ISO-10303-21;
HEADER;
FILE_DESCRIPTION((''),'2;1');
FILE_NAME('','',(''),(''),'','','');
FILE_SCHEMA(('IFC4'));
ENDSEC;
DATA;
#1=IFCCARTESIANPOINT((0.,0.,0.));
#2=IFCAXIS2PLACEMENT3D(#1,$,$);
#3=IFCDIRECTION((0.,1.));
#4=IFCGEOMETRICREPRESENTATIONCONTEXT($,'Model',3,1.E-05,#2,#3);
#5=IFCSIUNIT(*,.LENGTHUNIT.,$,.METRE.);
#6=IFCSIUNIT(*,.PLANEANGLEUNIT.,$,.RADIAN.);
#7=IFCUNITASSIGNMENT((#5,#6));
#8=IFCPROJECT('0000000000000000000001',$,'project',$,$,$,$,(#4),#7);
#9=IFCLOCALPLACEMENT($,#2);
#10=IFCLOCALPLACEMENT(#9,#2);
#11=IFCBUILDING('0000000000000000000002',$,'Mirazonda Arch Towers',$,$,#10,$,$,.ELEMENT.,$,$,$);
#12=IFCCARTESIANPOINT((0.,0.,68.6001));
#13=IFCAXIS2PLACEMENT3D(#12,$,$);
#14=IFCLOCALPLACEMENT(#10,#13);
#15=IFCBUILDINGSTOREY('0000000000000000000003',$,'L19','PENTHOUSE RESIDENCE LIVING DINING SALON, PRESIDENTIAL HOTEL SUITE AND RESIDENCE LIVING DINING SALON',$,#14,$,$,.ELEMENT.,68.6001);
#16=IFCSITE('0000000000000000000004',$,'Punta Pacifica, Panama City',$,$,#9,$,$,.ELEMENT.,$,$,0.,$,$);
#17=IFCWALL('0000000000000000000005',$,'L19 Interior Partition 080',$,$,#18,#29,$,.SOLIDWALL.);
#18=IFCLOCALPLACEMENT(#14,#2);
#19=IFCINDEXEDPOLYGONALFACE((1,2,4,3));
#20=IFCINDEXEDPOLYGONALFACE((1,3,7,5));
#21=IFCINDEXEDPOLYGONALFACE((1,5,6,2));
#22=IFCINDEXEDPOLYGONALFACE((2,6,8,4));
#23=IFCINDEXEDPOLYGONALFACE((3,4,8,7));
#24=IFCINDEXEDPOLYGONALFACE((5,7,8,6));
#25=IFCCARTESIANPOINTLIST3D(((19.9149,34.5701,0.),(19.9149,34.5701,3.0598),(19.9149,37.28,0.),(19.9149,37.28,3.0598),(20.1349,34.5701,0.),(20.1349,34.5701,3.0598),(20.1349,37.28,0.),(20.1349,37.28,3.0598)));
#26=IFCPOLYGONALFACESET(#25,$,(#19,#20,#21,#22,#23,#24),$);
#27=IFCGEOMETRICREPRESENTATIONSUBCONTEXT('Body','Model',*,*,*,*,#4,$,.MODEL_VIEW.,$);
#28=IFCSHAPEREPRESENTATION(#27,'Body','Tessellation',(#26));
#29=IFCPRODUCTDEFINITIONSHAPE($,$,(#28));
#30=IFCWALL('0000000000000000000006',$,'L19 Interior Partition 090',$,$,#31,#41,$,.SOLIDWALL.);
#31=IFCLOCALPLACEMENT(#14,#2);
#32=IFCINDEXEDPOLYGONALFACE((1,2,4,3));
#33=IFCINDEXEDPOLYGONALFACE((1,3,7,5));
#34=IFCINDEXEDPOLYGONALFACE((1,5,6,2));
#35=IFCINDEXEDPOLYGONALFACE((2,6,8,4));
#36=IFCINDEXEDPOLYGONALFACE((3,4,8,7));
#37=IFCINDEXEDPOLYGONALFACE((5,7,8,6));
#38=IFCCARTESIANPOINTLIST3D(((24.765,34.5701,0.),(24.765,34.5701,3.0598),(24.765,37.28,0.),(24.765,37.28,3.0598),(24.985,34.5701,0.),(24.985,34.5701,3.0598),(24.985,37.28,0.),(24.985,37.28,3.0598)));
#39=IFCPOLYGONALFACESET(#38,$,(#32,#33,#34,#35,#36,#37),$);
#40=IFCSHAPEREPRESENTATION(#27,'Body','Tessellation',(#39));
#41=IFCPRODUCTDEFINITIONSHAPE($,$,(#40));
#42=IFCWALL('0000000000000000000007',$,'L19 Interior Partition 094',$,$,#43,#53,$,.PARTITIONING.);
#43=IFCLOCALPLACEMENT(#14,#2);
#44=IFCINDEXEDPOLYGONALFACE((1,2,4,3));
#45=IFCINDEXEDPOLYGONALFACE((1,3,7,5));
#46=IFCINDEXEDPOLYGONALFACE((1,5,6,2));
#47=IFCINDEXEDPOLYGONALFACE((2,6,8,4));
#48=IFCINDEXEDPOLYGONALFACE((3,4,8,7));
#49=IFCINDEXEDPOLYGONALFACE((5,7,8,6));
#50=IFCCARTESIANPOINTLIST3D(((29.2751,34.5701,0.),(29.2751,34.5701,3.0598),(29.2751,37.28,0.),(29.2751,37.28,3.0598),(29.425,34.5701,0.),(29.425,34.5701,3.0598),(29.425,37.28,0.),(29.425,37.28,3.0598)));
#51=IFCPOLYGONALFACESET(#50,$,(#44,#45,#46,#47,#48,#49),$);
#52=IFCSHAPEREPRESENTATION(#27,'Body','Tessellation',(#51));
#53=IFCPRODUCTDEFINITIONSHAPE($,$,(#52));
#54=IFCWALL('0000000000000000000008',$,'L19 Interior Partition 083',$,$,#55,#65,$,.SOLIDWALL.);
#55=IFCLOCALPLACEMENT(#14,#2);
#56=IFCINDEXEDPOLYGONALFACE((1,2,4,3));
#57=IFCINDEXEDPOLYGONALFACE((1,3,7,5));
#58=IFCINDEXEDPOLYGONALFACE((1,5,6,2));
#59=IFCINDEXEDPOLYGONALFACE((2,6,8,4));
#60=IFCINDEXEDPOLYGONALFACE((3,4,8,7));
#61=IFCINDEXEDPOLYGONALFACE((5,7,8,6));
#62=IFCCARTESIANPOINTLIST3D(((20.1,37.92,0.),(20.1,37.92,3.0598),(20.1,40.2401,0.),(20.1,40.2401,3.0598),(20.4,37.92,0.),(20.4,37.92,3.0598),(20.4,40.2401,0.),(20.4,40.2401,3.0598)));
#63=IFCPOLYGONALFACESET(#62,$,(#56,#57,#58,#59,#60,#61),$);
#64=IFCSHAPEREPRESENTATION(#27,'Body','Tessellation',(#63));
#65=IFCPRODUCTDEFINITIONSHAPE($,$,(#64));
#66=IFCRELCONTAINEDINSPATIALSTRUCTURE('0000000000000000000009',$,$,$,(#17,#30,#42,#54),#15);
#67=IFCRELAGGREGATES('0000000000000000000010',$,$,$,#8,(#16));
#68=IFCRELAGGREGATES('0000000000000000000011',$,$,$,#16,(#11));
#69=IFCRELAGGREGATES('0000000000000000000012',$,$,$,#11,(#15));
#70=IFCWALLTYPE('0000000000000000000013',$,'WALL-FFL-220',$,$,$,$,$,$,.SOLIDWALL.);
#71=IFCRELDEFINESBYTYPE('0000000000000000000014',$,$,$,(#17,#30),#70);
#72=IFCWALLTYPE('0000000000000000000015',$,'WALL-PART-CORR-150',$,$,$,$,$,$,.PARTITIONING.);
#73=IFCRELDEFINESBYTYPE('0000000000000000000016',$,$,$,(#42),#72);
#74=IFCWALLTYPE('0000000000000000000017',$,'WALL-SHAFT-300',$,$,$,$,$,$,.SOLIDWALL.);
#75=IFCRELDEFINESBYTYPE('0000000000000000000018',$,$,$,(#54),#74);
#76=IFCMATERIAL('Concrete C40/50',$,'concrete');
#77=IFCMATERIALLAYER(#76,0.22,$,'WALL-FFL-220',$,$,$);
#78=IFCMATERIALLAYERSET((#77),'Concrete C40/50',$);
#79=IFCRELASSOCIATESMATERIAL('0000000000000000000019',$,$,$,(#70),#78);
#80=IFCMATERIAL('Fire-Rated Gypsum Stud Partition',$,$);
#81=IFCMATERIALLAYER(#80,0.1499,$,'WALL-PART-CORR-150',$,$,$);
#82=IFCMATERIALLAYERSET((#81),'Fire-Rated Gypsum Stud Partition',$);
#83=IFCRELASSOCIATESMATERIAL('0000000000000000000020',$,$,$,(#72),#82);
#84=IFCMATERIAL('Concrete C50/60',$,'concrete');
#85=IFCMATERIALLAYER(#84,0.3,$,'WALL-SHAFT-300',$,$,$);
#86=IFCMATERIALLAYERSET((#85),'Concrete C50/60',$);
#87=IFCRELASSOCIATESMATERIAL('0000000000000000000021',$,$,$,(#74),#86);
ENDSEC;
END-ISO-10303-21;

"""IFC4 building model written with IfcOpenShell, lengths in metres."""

from ifc_helpers import new_model, si_unit, direction, frame, frame_2d, origin, place, context, subcontext, project, spatial, rectangle, extrude, material, layer, layer_set, type_object, element, save


model = new_model("IFC4")

# Units and contexts
model_context = context("Model", 3, precision=1e-05, world=origin(), true_north=direction((0.0, 1.0)))
body_context = subcontext(model_context, "Body", "Model", "MODEL_VIEW")
ifc_project = project(units=[si_unit("LENGTHUNIT", "METRE"), si_unit("PLANEANGLEUNIT", "RADIAN")], contexts=[model_context])

# Site, building, storey
site_placement = place(None, origin())
site = spatial("IfcSite", under=ifc_project, at=site_placement, Name="Punta Pacifica, Panama City", CompositionType="ELEMENT", RefElevation=0.0)
building_placement = place(site_placement, origin())
building = spatial("IfcBuilding", under=site, at=building_placement, Name="Mirazonda Arch Towers", CompositionType="ELEMENT")
storey_placement = place(building_placement, frame((0.0, 0.0, 68.6001)))
storey = spatial("IfcBuildingStorey", under=building, at=storey_placement, Name="L19", Description="PENTHOUSE RESIDENCE LIVING DINING SALON, PRESIDENTIAL HOTEL SUITE AND RESIDENCE LIVING DINING SALON", CompositionType="ELEMENT", Elevation=68.6001)

# Walls
ifc_material_1 = material(Name="Concrete C40/50", Category="concrete")
ifc_layer_1 = layer(ifc_material_1, 0.22, Name="WALL-FFL-220")
ifc_layer_set_1 = layer_set([ifc_layer_1], Name="Concrete C40/50")
wall_type_1 = type_object("IfcWallType", Name="WALL-FFL-220", PredefinedType="SOLIDWALL", material=ifc_layer_set_1)
for number, where, z_axis, x_axis, name in (
    (1, (20.0249, 34.5701, 0.0), (0.0, 0.0, 1.0), (0.0, 1.0, 0.0), "L19 Interior Partition 080"),
    (2, (24.875, 34.5701, 0.0), (0.0, 0.0, 1.0), (0.0, 1.0, 0.0), "L19 Interior Partition 090"),
):
    element("IfcWall", number, at=place(storey_placement, frame(where, z_axis=z_axis, x_axis=x_axis)), inside=storey, type_object=wall_type_1, Name=name, PredefinedType="SOLIDWALL", context=body_context, shape_type="SweptSolid", body=[
        extrude(rectangle(XDim=2.71, YDim=0.22, at=frame_2d((1.355, 0.0))), origin(), (0.0, 0.0, 1.0), 3.0598),
    ])
ifc_material_2 = material(Name="Fire-Rated Gypsum Stud Partition")
ifc_layer_2 = layer(ifc_material_2, 0.1499, Name="WALL-PART-CORR-150")
ifc_layer_set_2 = layer_set([ifc_layer_2], Name="Fire-Rated Gypsum Stud Partition")
wall_type_2 = type_object("IfcWallType", Name="WALL-PART-CORR-150", PredefinedType="PARTITIONING", material=ifc_layer_set_2)
wall_1_placement = place(storey_placement, frame((29.3501, 34.5701, 0.0), z_axis=(0.0, 0.0, 1.0), x_axis=(0.0, 1.0, 0.0)))
element("IfcWall", 3, at=wall_1_placement, inside=storey, type_object=wall_type_2, Name="L19 Interior Partition 094", PredefinedType="PARTITIONING", context=body_context, shape_type="SweptSolid", body=[
    extrude(rectangle(XDim=2.71, YDim=0.1499, at=frame_2d((1.355, 0.0))), origin(), (0.0, 0.0, 1.0), 3.0598),
])
ifc_material_3 = material(Name="Concrete C50/60", Category="concrete")
ifc_layer_3 = layer(ifc_material_3, 0.3, Name="WALL-SHAFT-300")
ifc_layer_set_3 = layer_set([ifc_layer_3], Name="Concrete C50/60")
wall_type_3 = type_object("IfcWallType", Name="WALL-SHAFT-300", PredefinedType="SOLIDWALL", material=ifc_layer_set_3)
wall_2_placement = place(storey_placement, frame((20.25, 37.9199, 0.0), z_axis=(0.0, 0.0, 1.0), x_axis=(0.0, 1.0, 0.0)))
element("IfcWall", 4, at=wall_2_placement, inside=storey, type_object=wall_type_3, Name="L19 Interior Partition 083", PredefinedType="SOLIDWALL", context=body_context, shape_type="SweptSolid", body=[
    extrude(rectangle(XDim=2.3201, YDim=0.3, at=frame_2d((1.1602, 0.0))), origin(), (0.0, 0.0, 1.0), 3.0598),
])

save(model, "model.ifc")
